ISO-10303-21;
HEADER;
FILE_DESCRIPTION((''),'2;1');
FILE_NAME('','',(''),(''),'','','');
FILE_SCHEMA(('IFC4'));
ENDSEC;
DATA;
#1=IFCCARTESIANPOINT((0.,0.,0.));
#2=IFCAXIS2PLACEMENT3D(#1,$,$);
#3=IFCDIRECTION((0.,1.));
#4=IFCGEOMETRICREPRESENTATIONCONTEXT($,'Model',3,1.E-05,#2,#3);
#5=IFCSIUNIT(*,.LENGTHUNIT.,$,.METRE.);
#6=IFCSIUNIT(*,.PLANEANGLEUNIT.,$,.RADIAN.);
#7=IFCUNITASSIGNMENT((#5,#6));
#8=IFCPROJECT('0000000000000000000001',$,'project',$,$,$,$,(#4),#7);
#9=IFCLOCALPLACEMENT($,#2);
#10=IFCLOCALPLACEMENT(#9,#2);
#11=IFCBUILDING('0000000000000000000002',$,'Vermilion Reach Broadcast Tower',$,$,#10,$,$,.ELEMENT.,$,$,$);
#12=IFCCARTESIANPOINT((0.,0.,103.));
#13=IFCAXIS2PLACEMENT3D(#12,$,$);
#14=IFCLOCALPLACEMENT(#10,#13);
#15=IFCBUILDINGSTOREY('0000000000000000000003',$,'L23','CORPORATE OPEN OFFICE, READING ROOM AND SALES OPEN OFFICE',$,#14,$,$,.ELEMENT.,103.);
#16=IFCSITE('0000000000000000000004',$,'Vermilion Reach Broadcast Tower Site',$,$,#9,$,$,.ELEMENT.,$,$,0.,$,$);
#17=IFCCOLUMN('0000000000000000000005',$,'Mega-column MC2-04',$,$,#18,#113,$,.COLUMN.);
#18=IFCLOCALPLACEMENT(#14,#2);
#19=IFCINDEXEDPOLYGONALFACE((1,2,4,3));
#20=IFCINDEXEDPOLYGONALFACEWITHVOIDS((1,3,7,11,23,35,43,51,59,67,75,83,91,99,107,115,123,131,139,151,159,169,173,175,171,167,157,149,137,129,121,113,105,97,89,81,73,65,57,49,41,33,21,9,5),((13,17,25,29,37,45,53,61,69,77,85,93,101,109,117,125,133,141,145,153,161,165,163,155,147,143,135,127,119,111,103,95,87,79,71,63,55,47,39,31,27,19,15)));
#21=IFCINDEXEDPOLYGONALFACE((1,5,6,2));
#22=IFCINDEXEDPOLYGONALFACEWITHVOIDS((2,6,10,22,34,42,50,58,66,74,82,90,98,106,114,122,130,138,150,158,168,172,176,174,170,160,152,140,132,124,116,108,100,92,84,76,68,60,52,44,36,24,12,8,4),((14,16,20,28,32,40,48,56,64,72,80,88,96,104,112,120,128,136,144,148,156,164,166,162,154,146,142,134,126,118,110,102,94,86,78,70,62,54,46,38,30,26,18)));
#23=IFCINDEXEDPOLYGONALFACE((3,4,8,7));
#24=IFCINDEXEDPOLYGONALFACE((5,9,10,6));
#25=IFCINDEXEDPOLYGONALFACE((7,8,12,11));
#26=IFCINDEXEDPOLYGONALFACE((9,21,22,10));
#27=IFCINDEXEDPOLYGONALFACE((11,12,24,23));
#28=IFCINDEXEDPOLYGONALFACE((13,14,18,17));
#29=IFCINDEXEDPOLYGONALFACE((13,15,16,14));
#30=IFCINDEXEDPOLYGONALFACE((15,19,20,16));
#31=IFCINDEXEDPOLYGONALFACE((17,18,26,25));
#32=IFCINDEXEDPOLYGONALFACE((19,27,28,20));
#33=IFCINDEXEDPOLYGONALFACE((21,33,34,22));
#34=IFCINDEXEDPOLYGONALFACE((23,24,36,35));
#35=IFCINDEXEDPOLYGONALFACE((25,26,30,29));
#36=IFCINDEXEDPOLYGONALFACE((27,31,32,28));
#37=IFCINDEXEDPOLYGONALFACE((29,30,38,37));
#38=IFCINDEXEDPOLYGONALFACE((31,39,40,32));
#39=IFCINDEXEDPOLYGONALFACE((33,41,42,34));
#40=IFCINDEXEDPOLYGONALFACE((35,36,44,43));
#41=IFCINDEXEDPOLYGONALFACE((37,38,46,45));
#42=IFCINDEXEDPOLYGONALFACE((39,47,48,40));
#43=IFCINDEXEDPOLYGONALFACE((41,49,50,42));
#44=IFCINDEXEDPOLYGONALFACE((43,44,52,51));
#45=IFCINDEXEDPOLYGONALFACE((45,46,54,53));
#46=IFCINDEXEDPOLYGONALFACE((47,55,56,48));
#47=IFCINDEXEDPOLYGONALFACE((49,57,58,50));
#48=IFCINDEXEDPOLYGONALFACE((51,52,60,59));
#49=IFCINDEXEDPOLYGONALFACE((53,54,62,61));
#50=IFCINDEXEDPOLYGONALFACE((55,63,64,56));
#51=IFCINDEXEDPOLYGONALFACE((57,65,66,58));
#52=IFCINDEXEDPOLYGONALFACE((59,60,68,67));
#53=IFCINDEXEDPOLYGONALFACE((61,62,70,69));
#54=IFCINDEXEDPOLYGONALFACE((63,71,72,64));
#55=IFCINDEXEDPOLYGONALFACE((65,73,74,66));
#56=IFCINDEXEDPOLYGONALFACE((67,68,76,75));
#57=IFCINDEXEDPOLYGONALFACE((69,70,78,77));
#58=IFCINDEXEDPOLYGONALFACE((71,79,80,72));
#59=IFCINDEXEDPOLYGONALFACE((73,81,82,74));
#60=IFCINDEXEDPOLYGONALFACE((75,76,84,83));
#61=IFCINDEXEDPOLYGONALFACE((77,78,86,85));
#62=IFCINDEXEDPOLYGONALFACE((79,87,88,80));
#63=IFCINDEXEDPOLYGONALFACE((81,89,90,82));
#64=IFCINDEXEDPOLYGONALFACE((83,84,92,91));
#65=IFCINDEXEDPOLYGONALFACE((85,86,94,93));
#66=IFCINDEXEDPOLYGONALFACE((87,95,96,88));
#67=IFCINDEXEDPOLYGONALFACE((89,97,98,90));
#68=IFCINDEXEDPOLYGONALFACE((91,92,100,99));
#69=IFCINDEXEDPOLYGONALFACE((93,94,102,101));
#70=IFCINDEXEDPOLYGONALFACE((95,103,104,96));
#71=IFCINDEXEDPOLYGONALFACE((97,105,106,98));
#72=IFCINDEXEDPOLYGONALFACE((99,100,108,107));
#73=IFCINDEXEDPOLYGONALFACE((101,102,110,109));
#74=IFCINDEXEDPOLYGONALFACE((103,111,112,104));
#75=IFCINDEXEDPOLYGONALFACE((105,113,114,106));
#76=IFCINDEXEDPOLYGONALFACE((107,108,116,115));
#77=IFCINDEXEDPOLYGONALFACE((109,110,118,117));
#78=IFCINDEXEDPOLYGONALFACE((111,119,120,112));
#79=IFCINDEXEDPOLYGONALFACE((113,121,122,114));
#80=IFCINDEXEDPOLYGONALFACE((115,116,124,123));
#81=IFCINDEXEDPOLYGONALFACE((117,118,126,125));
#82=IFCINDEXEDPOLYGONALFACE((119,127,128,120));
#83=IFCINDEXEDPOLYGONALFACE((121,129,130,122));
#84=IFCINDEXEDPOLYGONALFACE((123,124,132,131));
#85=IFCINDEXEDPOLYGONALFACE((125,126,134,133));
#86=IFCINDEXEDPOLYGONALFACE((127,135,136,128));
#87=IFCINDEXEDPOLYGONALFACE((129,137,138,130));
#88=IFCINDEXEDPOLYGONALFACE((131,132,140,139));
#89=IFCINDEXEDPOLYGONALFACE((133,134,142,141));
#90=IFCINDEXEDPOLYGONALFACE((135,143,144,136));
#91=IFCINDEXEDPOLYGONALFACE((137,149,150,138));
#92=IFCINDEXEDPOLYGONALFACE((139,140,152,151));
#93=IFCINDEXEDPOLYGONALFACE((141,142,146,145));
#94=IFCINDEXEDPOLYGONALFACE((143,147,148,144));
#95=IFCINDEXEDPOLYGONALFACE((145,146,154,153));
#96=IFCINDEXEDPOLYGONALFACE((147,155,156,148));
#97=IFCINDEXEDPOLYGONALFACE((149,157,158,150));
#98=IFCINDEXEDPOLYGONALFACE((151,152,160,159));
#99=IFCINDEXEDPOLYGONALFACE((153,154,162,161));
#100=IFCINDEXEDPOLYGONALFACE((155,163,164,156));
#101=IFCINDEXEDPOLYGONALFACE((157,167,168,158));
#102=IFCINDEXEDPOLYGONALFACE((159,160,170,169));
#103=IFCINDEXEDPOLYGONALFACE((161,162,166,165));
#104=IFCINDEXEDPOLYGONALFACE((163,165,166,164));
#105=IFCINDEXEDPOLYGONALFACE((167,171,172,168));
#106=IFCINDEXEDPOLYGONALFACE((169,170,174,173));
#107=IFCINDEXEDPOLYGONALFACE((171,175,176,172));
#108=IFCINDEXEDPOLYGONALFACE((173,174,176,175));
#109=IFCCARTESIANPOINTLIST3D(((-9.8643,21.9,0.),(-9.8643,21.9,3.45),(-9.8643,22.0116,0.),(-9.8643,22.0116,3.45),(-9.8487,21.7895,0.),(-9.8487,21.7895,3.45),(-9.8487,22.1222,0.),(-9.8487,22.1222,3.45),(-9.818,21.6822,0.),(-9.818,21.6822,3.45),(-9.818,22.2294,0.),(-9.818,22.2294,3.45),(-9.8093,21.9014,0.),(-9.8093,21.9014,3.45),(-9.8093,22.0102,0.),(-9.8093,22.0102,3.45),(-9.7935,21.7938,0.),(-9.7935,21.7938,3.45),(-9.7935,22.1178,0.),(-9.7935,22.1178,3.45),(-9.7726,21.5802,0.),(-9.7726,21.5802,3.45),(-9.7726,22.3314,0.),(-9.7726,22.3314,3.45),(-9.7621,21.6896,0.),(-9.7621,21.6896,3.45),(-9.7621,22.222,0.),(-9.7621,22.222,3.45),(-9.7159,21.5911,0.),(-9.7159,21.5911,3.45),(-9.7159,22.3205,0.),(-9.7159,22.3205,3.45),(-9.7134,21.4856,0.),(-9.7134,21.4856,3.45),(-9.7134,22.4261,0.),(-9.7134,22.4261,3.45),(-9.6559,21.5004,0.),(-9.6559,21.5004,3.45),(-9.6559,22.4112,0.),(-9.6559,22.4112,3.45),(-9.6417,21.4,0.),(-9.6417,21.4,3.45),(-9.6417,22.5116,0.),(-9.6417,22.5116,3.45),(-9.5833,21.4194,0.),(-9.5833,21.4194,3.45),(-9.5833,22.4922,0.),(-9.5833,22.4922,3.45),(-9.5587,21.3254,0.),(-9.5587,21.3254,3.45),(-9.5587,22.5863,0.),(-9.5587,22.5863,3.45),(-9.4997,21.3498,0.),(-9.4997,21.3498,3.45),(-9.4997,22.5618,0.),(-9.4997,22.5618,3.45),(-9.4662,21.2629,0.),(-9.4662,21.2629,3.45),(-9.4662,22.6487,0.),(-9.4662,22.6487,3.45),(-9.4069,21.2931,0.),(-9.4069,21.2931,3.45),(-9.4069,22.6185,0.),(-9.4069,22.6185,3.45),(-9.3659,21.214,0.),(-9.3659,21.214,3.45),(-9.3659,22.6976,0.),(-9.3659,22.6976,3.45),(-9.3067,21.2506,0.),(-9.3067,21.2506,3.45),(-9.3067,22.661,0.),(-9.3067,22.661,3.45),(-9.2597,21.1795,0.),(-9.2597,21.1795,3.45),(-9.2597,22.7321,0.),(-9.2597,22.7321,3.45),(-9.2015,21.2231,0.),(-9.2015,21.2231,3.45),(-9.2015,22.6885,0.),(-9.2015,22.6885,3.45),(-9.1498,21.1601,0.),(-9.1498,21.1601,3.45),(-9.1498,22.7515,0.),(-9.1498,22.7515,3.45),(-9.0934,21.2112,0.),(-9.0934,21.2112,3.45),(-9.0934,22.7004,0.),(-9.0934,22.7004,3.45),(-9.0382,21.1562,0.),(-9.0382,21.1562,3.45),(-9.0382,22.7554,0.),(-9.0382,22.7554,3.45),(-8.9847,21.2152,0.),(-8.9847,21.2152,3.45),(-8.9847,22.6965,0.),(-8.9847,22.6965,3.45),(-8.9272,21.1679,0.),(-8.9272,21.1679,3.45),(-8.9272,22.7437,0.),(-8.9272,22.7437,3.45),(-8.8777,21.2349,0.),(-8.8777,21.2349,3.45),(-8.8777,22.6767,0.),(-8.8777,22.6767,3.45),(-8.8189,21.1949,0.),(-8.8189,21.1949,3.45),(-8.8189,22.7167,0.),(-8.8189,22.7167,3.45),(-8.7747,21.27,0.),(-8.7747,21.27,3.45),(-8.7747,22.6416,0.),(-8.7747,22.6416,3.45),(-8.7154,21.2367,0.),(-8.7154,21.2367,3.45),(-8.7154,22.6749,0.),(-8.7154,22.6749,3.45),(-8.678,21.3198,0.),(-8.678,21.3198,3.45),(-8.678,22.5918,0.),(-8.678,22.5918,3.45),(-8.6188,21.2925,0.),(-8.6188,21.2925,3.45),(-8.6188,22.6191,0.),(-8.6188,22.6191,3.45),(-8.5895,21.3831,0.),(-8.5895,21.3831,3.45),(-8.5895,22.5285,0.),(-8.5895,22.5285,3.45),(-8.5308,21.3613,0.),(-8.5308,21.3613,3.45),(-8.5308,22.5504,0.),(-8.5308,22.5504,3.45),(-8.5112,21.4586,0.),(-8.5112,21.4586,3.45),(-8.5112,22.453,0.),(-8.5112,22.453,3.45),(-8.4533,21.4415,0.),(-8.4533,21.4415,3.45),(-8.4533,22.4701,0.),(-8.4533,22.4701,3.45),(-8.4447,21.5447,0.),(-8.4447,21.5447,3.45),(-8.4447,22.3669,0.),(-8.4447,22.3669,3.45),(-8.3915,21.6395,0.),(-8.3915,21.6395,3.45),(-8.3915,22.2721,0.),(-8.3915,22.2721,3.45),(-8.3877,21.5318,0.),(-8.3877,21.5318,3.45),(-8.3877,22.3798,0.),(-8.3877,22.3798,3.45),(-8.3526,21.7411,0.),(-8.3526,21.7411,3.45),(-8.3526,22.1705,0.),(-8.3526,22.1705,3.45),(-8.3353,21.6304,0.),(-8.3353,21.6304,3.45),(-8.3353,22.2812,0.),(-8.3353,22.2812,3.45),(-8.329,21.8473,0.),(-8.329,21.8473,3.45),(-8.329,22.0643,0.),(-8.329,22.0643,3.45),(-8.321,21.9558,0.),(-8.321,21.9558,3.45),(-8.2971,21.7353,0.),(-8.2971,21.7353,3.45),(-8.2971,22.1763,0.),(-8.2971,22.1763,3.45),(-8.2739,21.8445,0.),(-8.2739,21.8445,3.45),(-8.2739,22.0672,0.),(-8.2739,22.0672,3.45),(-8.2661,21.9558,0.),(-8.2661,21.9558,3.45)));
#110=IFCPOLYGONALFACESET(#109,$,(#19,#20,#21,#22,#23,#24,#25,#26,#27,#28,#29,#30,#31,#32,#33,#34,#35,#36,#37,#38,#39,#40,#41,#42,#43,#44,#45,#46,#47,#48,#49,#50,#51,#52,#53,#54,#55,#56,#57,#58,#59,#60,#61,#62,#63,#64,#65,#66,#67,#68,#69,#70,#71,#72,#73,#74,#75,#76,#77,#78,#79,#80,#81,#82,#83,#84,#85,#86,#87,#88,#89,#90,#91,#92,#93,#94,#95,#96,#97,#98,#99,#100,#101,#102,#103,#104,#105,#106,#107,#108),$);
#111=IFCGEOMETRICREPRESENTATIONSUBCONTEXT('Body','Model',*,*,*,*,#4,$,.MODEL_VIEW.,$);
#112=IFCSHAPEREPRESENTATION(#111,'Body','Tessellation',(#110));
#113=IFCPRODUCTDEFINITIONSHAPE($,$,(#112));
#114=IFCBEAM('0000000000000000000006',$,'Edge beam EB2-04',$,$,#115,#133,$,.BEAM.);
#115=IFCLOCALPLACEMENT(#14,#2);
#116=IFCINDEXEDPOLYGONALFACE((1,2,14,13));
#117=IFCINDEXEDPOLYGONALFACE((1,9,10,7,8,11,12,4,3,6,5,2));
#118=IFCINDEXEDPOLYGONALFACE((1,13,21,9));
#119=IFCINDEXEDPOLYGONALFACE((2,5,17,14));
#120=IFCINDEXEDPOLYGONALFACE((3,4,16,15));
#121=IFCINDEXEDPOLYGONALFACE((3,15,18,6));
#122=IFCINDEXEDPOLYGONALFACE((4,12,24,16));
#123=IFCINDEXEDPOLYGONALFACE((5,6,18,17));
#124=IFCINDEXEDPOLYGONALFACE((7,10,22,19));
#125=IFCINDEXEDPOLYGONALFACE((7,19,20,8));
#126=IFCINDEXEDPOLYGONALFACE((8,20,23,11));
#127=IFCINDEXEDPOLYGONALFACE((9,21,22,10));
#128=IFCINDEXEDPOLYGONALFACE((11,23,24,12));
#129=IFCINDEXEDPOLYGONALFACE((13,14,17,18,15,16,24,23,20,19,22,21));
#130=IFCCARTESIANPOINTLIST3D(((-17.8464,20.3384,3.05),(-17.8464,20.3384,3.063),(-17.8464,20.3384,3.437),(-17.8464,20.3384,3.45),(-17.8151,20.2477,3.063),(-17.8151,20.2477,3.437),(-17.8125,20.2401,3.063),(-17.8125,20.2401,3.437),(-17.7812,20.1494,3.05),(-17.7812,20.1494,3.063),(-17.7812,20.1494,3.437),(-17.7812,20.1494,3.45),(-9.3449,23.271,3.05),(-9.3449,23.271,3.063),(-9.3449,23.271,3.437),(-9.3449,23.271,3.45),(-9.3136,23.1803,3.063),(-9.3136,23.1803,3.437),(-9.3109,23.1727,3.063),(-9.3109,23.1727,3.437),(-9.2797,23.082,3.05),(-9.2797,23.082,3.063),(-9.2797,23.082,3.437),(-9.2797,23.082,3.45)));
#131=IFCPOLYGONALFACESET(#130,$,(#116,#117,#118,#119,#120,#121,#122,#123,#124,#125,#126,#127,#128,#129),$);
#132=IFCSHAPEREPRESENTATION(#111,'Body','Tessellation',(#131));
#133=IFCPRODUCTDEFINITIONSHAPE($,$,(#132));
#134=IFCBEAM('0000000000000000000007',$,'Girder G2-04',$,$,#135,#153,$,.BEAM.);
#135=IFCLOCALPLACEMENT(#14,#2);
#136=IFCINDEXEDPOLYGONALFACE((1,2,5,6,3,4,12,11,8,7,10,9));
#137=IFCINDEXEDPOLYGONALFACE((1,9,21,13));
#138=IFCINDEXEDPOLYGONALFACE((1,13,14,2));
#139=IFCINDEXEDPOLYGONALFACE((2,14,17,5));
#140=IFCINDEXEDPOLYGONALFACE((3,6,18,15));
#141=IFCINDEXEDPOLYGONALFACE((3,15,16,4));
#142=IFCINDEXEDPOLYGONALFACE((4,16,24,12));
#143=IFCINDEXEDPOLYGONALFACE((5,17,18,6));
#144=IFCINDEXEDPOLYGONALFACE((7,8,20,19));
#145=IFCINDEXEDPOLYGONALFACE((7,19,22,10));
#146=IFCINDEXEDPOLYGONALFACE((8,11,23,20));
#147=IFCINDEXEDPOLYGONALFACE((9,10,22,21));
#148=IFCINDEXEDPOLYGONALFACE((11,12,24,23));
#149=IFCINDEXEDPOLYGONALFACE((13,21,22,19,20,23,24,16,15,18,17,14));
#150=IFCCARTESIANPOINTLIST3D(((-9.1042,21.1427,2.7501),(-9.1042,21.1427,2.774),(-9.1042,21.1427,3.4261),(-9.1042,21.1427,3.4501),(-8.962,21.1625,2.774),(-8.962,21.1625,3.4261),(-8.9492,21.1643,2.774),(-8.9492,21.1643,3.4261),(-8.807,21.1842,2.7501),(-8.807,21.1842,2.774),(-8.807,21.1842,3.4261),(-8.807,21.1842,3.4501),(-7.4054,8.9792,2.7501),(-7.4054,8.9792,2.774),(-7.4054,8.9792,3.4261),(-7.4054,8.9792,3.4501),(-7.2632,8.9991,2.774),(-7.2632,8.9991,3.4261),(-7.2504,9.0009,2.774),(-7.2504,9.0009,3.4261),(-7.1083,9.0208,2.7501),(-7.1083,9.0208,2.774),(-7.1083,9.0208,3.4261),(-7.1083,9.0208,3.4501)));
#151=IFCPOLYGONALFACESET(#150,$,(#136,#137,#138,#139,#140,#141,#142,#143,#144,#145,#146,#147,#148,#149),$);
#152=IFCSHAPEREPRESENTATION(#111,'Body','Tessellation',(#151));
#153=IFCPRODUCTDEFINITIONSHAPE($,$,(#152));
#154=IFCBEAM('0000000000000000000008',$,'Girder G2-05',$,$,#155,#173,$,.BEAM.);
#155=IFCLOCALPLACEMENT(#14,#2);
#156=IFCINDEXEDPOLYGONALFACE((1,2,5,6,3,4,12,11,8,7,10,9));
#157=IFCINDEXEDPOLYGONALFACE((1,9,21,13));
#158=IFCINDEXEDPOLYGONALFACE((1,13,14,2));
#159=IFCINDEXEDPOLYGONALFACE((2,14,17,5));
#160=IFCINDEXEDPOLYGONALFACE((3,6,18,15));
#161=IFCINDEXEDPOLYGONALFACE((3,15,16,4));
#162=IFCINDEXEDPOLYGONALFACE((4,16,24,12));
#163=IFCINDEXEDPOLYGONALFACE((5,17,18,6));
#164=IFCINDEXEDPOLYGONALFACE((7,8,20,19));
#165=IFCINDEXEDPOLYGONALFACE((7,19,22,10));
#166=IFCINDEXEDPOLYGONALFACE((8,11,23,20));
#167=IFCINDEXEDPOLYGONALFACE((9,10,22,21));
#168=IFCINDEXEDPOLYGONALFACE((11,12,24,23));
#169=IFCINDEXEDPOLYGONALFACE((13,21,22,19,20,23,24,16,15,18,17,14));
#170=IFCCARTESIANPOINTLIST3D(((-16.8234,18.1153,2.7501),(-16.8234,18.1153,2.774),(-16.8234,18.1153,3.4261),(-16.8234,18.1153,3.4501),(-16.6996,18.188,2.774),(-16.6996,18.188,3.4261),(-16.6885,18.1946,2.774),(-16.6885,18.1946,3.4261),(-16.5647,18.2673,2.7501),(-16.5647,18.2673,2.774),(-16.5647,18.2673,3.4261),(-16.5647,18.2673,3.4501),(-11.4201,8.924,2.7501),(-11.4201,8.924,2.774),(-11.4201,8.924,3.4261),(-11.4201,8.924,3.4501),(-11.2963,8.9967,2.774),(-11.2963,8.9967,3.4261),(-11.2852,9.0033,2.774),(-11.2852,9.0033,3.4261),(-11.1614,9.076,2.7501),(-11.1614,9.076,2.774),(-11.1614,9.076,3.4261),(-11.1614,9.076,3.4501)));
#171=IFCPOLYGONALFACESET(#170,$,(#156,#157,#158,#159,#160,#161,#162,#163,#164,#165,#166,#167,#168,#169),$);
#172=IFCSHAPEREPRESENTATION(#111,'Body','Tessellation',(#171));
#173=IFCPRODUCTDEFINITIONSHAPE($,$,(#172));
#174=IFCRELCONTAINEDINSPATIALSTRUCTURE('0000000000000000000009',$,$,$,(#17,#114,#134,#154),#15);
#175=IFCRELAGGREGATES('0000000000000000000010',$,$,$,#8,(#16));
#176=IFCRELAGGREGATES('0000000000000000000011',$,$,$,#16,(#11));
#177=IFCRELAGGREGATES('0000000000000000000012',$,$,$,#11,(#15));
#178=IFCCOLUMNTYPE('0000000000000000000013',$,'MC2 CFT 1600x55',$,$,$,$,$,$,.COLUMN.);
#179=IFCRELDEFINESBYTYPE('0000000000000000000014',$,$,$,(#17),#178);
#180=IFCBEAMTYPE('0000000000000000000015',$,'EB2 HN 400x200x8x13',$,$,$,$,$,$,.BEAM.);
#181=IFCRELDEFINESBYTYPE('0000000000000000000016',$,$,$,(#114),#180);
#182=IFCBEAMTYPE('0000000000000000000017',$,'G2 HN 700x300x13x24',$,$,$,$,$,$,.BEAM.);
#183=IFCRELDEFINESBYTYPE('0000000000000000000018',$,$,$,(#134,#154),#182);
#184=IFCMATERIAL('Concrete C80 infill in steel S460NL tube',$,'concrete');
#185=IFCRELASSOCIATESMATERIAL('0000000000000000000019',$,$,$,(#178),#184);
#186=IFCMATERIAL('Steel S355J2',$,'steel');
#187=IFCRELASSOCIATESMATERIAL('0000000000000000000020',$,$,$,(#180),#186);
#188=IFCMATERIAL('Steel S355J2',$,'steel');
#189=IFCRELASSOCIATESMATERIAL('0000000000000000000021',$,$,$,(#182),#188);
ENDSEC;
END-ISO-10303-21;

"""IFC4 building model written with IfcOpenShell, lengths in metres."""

from ifc_helpers import new_model, si_unit, direction, frame, origin, origin_2d, place, context, subcontext, project, spatial, hollow_circle, i_section, extrude, material, material_profile, profile_set, type_object, element, save


model = new_model("IFC4")

# Units and contexts
model_context = context("Model", 3, precision=1e-05, world=origin(), true_north=direction((0.0, 1.0)))
body_context = subcontext(model_context, "Body", "Model", "MODEL_VIEW")
ifc_project = project(units=[si_unit("LENGTHUNIT", "METRE"), si_unit("PLANEANGLEUNIT", "RADIAN")], contexts=[model_context])

# Site, building, storey
site_placement = place(None, origin())
site = spatial("IfcSite", under=ifc_project, at=site_placement, Name="Vermilion Reach Broadcast Tower Site", CompositionType="ELEMENT", RefElevation=0.0)
building_placement = place(site_placement, origin())
building = spatial("IfcBuilding", under=site, at=building_placement, Name="Vermilion Reach Broadcast Tower", CompositionType="ELEMENT")
storey_placement = place(building_placement, frame((0.0, 0.0, 103.0)))
storey = spatial("IfcBuildingStorey", under=building, at=storey_placement, Name="L23", Description="CORPORATE OPEN OFFICE, READING ROOM AND SALES OPEN OFFICE", CompositionType="ELEMENT", Elevation=103.0)

# Column
ifc_material_1 = material(Name="Concrete C80 infill in steel S460NL tube", Category="concrete")
ifc_material_profile_1 = material_profile(ifc_material_1, hollow_circle(Radius=0.8, WallThickness=0.0549, at=origin_2d()), Name="Concrete C80 infill in steel S460NL tube CFT 1600x55")
ifc_profile_set_1 = profile_set([ifc_material_profile_1], Name="Concrete C80 infill in steel S460NL tube")
column_type = type_object("IfcColumnType", Name="MC2 CFT 1600x55", PredefinedType="COLUMN", material=ifc_profile_set_1)
column_placement = place(storey_placement, frame((-9.0662, 21.9558, 0.0), z_axis=(0.0, 0.0, 1.0), x_axis=(1.0, 0.0, 0.0)))
element("IfcColumn", 1, at=column_placement, inside=storey, type_object=column_type, Name="Mega-column MC2-04", PredefinedType="COLUMN", context=body_context, shape_type="SweptSolid", body=[
    extrude(hollow_circle(Radius=0.8, WallThickness=0.0549, at=origin_2d()), origin(), (0.0, 0.0, 1.0), 3.45),
])

# Beams
ifc_material_2 = material(Name="Steel S355J2", Category="steel")
ifc_material_profile_2 = material_profile(ifc_material_2, i_section(OverallWidth=0.2, OverallDepth=0.3999, WebThickness=0.0081, FlangeThickness=0.0129, at=origin_2d()), Name="S355J2 HN 400x200x8x13")
ifc_profile_set_2 = profile_set([ifc_material_profile_2], Name="Steel S355J2")
beam_type_1 = type_object("IfcBeamType", Name="EB2 HN 400x200x8x13", PredefinedType="BEAM", material=ifc_profile_set_2)
beam_1_placement = place(storey_placement, frame((-9.3123, 23.1765, 3.25), z_axis=(-0.945336, -0.326098, 0.0), x_axis=(0.326098, -0.945336, 0.0)))
element("IfcBeam", 2, at=beam_1_placement, inside=storey, type_object=beam_type_1, Name="Edge beam EB2-04", PredefinedType="BEAM", context=body_context, shape_type="SweptSolid", body=[
    extrude(i_section(OverallWidth=0.2, OverallDepth=0.3999, WebThickness=0.0081, FlangeThickness=0.0129, at=origin_2d()), origin(), (0.0, 0.0, 1.0), 8.9932),
])
ifc_material_3 = material(Name="Steel S355J2", Category="steel")
ifc_material_profile_3 = material_profile(ifc_material_3, i_section(OverallWidth=0.3, OverallDepth=0.7, WebThickness=0.0129, FlangeThickness=0.0239, at=origin_2d()), Name="S355J2 HN 700x300x13x24")
ifc_profile_set_3 = profile_set([ifc_material_profile_3], Name="Steel S355J2")
beam_type_2 = type_object("IfcBeamType", Name="G2 HN 700x300x13x24", PredefinedType="BEAM", material=ifc_profile_set_3)
beam_2_placement = place(storey_placement, frame((-7.2568, 9.0, 3.1001), z_axis=(-0.138318, 0.990388, 0.0), x_axis=(-0.990388, -0.138318, 0.0)))
element("IfcBeam", 3, at=beam_2_placement, inside=storey, type_object=beam_type_2, Name="Girder G2-04", PredefinedType="BEAM", context=body_context, shape_type="SweptSolid", body=[
    extrude(i_section(OverallWidth=0.3, OverallDepth=0.7, WebThickness=0.0129, FlangeThickness=0.0239, at=origin_2d()), origin(), (0.0, 0.0, 1.0), 12.2815),
])
beam_3_placement = place(storey_placement, frame((-11.2908, 9.0, 3.1001), z_axis=(-0.506784, 0.862073, 0.0), x_axis=(-0.862073, -0.506784, 0.0)))
element("IfcBeam", 4, at=beam_3_placement, inside=storey, type_object=beam_type_2, Name="Girder G2-05", PredefinedType="BEAM", context=body_context, shape_type="SweptSolid", body=[
    extrude(i_section(OverallWidth=0.3, OverallDepth=0.7, WebThickness=0.0129, FlangeThickness=0.0239, at=origin_2d()), origin(), (0.0, 0.0, 1.0), 10.6619),
])

save(model, "model.ifc")
